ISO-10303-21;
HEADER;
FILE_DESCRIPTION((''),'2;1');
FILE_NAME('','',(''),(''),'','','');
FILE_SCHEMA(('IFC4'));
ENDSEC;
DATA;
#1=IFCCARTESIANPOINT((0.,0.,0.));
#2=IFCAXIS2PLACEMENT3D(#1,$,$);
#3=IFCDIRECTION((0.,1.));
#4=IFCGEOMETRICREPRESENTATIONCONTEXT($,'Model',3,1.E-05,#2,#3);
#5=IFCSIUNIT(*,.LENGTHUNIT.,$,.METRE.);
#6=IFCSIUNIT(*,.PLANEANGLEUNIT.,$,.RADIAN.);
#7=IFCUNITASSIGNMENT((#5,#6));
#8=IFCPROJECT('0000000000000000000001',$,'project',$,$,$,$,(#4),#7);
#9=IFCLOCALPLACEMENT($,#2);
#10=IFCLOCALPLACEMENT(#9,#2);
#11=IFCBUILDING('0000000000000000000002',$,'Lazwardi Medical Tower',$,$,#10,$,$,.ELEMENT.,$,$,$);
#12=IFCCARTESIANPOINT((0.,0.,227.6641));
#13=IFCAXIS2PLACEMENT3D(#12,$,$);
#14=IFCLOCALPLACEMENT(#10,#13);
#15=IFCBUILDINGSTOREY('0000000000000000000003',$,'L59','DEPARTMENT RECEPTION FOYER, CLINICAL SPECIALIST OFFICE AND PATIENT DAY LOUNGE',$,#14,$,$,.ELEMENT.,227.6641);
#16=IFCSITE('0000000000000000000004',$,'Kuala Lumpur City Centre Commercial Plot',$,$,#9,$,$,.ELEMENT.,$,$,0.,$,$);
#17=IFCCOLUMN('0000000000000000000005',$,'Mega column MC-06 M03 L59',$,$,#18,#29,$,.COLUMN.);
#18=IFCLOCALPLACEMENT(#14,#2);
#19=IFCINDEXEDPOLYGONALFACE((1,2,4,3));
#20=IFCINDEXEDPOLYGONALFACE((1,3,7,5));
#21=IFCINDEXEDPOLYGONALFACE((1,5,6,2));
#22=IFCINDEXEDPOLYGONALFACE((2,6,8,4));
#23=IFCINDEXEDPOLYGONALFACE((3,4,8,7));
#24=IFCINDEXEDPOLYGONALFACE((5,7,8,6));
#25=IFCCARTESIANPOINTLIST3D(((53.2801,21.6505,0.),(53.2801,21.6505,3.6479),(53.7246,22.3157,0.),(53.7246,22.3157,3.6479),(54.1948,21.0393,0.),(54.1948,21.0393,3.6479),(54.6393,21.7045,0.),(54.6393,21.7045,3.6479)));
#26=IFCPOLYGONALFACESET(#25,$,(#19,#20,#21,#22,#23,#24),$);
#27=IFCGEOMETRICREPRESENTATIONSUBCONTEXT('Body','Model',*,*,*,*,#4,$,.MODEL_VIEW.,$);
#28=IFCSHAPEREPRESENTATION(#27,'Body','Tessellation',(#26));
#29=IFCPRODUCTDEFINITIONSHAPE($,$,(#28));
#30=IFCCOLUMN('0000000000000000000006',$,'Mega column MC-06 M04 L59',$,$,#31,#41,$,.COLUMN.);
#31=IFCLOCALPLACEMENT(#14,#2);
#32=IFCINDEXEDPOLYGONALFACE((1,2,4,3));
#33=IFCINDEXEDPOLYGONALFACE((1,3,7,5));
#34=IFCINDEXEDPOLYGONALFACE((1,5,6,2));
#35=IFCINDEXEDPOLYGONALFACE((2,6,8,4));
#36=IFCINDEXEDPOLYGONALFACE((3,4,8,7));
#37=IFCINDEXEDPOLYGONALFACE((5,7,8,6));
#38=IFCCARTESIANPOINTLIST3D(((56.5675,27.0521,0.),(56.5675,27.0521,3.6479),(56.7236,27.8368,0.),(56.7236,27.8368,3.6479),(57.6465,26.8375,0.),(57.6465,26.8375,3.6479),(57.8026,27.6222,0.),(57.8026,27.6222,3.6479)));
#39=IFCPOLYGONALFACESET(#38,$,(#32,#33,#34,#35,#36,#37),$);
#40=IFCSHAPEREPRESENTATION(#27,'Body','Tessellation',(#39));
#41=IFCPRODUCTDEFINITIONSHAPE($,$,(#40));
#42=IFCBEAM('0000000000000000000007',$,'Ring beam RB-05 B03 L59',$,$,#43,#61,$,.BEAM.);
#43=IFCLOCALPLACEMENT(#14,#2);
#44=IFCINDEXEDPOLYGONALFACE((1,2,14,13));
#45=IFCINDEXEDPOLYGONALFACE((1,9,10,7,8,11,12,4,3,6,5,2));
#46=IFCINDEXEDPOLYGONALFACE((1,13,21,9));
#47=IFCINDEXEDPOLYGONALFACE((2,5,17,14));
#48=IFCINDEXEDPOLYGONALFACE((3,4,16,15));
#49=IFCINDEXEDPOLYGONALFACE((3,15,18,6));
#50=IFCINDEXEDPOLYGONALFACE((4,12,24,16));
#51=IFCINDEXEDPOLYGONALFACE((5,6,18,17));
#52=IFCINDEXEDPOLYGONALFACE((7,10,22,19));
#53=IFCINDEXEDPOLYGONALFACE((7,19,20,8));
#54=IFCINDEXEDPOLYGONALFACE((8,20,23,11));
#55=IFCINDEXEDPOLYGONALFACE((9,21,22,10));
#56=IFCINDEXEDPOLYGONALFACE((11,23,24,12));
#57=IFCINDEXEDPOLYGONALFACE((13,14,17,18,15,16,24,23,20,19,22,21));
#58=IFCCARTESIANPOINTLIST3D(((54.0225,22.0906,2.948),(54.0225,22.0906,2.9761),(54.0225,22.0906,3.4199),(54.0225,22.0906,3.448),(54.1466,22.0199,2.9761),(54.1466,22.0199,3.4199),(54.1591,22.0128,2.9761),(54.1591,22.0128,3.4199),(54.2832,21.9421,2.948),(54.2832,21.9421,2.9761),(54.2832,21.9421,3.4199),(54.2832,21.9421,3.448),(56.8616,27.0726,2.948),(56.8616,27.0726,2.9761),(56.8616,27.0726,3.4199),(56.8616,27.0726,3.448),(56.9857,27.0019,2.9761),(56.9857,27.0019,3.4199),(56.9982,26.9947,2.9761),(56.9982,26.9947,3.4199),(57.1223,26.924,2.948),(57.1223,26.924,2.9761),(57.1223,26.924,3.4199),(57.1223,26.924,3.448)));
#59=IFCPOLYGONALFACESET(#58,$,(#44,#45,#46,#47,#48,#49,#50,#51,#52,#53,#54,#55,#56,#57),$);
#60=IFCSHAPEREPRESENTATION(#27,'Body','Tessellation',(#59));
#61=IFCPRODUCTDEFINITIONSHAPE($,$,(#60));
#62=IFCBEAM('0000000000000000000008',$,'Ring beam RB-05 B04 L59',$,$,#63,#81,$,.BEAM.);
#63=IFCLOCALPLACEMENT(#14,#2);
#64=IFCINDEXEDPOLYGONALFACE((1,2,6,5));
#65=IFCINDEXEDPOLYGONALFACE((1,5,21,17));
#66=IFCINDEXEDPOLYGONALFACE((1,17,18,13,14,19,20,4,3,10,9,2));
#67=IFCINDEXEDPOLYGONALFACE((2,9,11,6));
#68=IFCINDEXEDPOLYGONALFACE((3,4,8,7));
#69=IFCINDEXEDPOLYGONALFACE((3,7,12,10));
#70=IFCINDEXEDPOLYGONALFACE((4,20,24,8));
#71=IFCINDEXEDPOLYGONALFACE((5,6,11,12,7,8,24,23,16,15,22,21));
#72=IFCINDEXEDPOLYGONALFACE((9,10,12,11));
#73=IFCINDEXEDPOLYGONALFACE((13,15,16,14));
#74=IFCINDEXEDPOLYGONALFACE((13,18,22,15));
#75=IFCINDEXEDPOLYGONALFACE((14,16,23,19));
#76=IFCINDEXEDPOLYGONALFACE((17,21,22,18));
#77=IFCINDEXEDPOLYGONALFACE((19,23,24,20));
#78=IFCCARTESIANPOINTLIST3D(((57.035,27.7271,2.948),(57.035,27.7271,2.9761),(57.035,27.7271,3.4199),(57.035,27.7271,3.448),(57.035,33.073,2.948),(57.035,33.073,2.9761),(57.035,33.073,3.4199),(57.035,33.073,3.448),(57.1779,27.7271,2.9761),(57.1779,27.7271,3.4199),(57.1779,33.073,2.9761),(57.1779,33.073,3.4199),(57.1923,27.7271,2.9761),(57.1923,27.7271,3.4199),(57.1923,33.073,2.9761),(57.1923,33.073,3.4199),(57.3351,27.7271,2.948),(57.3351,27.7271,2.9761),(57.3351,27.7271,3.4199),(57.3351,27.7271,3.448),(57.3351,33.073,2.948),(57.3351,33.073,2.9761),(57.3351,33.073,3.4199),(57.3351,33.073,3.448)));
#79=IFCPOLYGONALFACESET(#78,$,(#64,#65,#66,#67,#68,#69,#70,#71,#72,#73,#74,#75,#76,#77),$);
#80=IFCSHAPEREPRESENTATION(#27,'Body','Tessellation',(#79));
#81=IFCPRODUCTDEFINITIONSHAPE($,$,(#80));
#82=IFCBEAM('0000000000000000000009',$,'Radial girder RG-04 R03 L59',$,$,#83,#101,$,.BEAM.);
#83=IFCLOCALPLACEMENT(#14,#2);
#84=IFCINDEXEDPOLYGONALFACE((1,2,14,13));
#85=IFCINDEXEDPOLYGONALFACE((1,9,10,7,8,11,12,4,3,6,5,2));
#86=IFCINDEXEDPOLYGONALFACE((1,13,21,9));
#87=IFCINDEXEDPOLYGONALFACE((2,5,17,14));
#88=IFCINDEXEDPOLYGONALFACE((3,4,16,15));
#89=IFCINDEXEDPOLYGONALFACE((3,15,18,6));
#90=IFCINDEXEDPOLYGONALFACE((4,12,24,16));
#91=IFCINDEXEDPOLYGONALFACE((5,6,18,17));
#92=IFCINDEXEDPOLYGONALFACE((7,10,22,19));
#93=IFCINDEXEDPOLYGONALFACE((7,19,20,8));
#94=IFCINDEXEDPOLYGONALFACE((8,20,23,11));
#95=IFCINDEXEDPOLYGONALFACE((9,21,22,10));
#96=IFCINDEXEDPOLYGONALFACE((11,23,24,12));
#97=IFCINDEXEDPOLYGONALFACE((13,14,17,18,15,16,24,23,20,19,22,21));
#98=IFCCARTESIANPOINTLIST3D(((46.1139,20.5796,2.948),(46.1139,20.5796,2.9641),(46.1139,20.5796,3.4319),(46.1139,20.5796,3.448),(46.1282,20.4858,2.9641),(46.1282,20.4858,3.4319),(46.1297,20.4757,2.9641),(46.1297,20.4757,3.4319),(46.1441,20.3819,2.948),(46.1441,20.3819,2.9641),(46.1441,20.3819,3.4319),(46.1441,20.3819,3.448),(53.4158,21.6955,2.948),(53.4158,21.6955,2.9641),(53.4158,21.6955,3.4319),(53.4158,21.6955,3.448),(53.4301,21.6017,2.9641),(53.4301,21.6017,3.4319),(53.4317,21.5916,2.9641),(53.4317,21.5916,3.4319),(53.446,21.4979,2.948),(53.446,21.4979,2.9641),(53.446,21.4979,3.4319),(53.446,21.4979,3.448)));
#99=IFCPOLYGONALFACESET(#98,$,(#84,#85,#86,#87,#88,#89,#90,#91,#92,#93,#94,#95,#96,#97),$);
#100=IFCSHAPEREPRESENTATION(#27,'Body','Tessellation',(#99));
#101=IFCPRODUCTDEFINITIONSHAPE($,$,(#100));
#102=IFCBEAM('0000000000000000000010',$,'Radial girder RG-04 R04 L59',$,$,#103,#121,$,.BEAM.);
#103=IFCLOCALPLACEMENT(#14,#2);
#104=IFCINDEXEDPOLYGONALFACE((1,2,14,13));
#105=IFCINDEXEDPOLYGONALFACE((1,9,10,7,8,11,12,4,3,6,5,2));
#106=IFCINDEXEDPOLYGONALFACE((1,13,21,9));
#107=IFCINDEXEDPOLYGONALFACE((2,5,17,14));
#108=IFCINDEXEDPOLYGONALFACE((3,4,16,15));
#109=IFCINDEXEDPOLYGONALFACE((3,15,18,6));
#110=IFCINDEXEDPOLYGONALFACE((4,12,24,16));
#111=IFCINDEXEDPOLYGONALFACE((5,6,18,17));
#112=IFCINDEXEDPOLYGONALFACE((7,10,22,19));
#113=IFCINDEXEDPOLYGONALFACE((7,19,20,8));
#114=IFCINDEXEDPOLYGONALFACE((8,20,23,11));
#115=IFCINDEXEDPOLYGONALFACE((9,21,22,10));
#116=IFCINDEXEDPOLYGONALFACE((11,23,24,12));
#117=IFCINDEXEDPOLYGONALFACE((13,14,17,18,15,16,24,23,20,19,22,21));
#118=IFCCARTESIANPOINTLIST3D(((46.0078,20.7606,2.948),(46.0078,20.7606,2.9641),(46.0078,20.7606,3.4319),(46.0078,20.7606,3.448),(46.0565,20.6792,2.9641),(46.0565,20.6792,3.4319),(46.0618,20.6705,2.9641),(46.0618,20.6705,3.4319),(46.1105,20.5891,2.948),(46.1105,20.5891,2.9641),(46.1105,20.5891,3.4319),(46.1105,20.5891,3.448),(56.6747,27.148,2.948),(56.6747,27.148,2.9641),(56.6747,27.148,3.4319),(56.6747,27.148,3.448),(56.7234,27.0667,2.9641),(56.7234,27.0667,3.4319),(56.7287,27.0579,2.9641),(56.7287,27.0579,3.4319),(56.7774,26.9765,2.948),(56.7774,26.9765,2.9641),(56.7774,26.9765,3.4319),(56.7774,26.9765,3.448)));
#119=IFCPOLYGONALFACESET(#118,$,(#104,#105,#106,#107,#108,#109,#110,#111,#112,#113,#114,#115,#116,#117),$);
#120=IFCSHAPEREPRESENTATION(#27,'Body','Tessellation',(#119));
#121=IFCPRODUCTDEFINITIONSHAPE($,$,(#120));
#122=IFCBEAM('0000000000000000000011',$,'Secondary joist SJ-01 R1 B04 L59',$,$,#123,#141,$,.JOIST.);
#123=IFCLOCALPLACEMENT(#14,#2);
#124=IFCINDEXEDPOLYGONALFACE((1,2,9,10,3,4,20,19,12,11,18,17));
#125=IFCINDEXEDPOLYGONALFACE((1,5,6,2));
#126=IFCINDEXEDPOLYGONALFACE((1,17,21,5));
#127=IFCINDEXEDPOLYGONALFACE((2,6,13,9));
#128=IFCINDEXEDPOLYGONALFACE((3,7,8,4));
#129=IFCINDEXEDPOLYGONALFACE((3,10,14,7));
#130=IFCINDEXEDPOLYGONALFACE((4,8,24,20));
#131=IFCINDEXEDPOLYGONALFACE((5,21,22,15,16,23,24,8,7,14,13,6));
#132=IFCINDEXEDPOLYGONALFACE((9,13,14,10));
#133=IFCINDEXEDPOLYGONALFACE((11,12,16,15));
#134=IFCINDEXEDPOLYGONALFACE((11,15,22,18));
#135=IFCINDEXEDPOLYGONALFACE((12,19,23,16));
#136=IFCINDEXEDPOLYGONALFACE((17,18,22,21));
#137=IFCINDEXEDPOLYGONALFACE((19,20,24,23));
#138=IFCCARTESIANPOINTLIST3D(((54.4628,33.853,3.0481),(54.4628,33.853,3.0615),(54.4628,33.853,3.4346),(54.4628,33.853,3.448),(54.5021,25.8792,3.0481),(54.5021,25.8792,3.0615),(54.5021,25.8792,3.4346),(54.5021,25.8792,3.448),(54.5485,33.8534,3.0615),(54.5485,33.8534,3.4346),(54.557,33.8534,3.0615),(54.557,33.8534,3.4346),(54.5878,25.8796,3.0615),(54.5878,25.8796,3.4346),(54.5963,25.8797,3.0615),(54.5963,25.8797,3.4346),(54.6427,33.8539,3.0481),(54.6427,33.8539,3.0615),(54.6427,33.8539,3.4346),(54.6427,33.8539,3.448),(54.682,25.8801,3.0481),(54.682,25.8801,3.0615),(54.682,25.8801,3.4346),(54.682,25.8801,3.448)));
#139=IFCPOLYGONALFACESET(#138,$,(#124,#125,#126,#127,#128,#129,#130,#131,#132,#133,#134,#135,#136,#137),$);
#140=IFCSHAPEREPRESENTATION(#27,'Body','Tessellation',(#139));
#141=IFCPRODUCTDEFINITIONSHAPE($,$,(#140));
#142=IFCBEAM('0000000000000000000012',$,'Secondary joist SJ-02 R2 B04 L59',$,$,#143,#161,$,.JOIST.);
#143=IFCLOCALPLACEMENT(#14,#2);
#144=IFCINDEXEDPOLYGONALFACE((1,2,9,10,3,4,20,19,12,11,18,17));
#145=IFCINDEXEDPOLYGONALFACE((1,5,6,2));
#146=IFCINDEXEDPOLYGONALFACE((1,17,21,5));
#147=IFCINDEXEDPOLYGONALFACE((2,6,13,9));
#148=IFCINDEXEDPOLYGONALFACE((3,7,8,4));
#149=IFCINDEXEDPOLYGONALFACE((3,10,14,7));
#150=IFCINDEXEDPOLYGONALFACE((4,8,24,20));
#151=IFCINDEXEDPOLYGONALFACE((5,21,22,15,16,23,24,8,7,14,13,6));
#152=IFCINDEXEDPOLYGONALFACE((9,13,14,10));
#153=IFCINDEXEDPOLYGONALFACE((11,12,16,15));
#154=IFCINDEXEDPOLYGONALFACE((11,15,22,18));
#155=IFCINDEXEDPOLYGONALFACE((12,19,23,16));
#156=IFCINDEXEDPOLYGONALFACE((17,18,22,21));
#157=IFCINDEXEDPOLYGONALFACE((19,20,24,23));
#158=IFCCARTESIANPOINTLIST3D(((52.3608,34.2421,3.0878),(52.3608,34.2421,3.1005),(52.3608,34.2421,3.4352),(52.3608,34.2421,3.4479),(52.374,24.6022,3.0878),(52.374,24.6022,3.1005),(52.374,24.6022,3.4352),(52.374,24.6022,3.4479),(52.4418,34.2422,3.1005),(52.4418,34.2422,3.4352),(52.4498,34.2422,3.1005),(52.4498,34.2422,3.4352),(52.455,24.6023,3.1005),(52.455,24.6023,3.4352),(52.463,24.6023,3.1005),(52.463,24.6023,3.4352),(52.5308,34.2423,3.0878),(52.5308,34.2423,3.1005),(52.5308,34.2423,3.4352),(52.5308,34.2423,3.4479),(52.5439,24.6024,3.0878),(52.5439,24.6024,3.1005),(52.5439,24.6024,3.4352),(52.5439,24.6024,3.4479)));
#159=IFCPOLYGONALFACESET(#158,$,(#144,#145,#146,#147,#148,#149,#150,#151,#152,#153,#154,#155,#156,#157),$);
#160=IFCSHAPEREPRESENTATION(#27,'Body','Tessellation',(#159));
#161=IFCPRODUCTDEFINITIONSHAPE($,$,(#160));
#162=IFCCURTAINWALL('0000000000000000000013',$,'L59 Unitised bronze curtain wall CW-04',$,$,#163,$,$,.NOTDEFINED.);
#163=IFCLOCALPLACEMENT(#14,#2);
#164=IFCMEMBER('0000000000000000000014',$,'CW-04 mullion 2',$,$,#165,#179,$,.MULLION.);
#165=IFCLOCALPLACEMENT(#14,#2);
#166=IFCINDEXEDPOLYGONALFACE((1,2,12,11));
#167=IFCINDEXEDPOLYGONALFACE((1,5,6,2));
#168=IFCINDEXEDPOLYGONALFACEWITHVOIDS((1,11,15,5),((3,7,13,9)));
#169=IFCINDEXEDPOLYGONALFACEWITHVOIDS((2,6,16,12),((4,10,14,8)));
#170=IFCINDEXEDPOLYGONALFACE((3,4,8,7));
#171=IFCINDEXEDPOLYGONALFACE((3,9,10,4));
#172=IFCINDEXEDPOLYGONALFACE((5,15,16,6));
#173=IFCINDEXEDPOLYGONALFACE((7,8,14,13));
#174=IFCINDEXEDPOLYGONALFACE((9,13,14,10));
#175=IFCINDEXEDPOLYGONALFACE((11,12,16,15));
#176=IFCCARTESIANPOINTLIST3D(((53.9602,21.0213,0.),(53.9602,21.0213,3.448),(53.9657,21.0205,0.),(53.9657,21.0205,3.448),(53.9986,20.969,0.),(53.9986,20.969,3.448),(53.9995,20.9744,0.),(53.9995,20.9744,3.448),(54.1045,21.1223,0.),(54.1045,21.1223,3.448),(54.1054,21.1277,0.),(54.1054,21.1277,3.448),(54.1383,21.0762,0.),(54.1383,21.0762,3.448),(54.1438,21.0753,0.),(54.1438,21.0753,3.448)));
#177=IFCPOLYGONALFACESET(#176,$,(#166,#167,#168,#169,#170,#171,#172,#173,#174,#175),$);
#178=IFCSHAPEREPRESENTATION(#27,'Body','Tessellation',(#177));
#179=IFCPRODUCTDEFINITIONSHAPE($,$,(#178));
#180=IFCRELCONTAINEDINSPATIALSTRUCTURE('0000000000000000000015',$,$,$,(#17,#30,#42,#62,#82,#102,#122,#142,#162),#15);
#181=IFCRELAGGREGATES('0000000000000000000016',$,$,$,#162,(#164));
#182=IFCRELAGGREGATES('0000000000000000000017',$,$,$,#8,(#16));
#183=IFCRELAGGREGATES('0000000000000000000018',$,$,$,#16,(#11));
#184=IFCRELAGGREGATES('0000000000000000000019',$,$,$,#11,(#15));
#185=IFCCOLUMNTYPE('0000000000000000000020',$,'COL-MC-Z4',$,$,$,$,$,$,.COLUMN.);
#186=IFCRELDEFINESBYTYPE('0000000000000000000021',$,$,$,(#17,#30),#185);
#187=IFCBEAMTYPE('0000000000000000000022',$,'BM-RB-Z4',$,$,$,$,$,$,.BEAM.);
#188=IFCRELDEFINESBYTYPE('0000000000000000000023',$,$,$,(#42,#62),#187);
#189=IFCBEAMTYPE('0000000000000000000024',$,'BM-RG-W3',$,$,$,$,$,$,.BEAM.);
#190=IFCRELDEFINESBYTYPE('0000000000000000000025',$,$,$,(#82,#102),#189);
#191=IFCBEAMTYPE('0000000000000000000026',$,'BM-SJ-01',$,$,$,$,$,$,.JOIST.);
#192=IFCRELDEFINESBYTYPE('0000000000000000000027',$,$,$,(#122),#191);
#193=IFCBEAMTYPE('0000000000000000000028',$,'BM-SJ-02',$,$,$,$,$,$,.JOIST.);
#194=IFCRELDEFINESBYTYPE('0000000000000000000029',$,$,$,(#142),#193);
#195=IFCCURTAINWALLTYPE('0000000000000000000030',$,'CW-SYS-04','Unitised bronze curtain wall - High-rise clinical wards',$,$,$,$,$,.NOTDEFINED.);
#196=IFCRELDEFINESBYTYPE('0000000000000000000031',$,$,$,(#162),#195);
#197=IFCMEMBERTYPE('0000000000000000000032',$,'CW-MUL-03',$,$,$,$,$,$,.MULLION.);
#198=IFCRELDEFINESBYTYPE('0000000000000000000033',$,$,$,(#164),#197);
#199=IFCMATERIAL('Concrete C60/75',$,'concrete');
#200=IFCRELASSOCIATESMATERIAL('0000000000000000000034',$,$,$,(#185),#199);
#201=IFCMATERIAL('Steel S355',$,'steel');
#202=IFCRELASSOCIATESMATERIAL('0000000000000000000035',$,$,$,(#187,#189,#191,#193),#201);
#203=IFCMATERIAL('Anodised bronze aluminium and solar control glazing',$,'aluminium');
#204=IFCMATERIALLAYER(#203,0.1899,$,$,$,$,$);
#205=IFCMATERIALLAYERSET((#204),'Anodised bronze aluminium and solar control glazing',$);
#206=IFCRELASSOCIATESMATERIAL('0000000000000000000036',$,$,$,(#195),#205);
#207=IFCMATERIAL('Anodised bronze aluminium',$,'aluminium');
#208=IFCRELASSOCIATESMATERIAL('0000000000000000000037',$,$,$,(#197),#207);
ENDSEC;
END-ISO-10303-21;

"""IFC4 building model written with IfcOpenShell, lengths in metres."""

from ifc_helpers import new_model, si_unit, direction, frame, origin, origin_2d, place, context, subcontext, project, spatial, rectangle, hollow_rectangle, i_section, extrude, material, layer, layer_set, material_profile, profile_set, type_object, element, aggregate, save


model = new_model("IFC4")

# Units and contexts
model_context = context("Model", 3, precision=1e-05, world=origin(), true_north=direction((0.0, 1.0)))
body_context = subcontext(model_context, "Body", "Model", "MODEL_VIEW")
ifc_project = project(units=[si_unit("LENGTHUNIT", "METRE"), si_unit("PLANEANGLEUNIT", "RADIAN")], contexts=[model_context])

# Site, building, storey
site_placement = place(None, origin())
site = spatial("IfcSite", under=ifc_project, at=site_placement, Name="Kuala Lumpur City Centre Commercial Plot", CompositionType="ELEMENT", RefElevation=0.0)
building_placement = place(site_placement, origin())
building = spatial("IfcBuilding", under=site, at=building_placement, Name="Lazwardi Medical Tower", CompositionType="ELEMENT")
storey_placement = place(building_placement, frame((0.0, 0.0, 227.6641)))
storey = spatial("IfcBuildingStorey", under=building, at=storey_placement, Name="L59", Description="DEPARTMENT RECEPTION FOYER, CLINICAL SPECIALIST OFFICE AND PATIENT DAY LOUNGE", CompositionType="ELEMENT", Elevation=227.6641)

# Columns
ifc_material_1 = material(Name="Concrete C60/75", Category="concrete")
ifc_material_profile_1 = material_profile(ifc_material_1, rectangle(XDim=1.1001, YDim=0.8, at=origin_2d()), Name="CFT-RECT 1100x800")
ifc_profile_set_1 = profile_set([ifc_material_profile_1], Name="Concrete C60/75")
column_type = type_object("IfcColumnType", Name="COL-MC-Z4", PredefinedType="COLUMN", material=ifc_profile_set_1)
for number, where, z_axis, x_axis, name in (
    (1, (53.9597, 21.6775, 0.0), (0.0, 0.0, 1.0), (0.83147, -0.55557, 0.0), "Mega column MC-06 M03 L59"),
    (2, (57.1851, 27.3372, 0.0), (0.0, 0.0, 1.0), (0.980785, -0.19509, 0.0), "Mega column MC-06 M04 L59"),
):
    element("IfcColumn", number, at=place(storey_placement, frame(where, z_axis=z_axis, x_axis=x_axis)), inside=storey, type_object=column_type, Name=name, PredefinedType="COLUMN", context=body_context, shape_type="SweptSolid", body=[
        extrude(rectangle(XDim=1.1001, YDim=0.8, at=origin_2d()), origin(), (0.0, 0.0, 1.0), 3.6479),
    ])

# Beams
ifc_material_2 = material(Name="Steel S355", Category="steel")
ifc_material_profile_2 = material_profile(ifc_material_2, i_section(OverallWidth=0.3, OverallDepth=0.5, WebThickness=0.0144, FlangeThickness=0.0281, at=origin_2d()), Name="HEB 500")
ifc_profile_set_2 = profile_set([ifc_material_profile_2], Name="Steel S355")
beam_type_1 = type_object("IfcBeamType", Name="BM-RB-Z4", PredefinedType="BEAM", material=ifc_profile_set_2)
beam_1_placement = place(storey_placement, frame((54.1528, 22.0164, 3.198), z_axis=(0.495125, 0.868822, 0.0), x_axis=(-0.868822, 0.495125, 0.0)))
element("IfcBeam", 3, at=beam_1_placement, inside=storey, type_object=beam_type_1, Name="Ring beam RB-05 B03 L59", PredefinedType="BEAM", context=body_context, shape_type="SweptSolid", body=[
    extrude(i_section(OverallWidth=0.3, OverallDepth=0.5, WebThickness=0.0144, FlangeThickness=0.0281, at=origin_2d()), origin(), (0.0, 0.0, 1.0), 5.7341),
])
beam_2_placement = place(storey_placement, frame((57.1851, 27.7271, 3.198), z_axis=(0.0, 1.0, 0.0), x_axis=(-1.0, 0.0, 0.0)))
element("IfcBeam", 4, at=beam_2_placement, inside=storey, type_object=beam_type_1, Name="Ring beam RB-05 B04 L59", PredefinedType="BEAM", context=body_context, shape_type="SweptSolid", body=[
    extrude(i_section(OverallWidth=0.3, OverallDepth=0.5, WebThickness=0.0144, FlangeThickness=0.0281, at=origin_2d()), origin(), (0.0, 0.0, 1.0), 5.3459),
])
ifc_material_profile_3 = material_profile(ifc_material_2, i_section(OverallWidth=0.2, OverallDepth=0.5, WebThickness=0.0103, FlangeThickness=0.0161, at=origin_2d()), Name="IPE 500")
ifc_profile_set_3 = profile_set([ifc_material_profile_3], Name="Steel S355")
beam_type_2 = type_object("IfcBeamType", Name="BM-RG-W3", PredefinedType="BEAM", material=ifc_profile_set_3)
beam_3_placement = place(storey_placement, frame((53.4309, 21.5967, 3.198), z_axis=(-0.988522, -0.151076, 0.0), x_axis=(0.151076, -0.988522, 0.0)))
element("IfcBeam", 5, at=beam_3_placement, inside=storey, type_object=beam_type_2, Name="Radial girder RG-04 R03 L59", PredefinedType="BEAM", context=body_context, shape_type="SweptSolid", body=[
    extrude(i_section(OverallWidth=0.2, OverallDepth=0.5, WebThickness=0.0103, FlangeThickness=0.0161, at=origin_2d()), origin(), (0.0, 0.0, 1.0), 7.3867),
])
beam_4_placement = place(storey_placement, frame((56.7261, 27.0623, 3.198), z_axis=(-0.857945, -0.513742, 0.0), x_axis=(0.513742, -0.857945, 0.0)))
element("IfcBeam", 6, at=beam_4_placement, inside=storey, type_object=beam_type_2, Name="Radial girder RG-04 R04 L59", PredefinedType="BEAM", context=body_context, shape_type="SweptSolid", body=[
    extrude(i_section(OverallWidth=0.2, OverallDepth=0.5, WebThickness=0.0103, FlangeThickness=0.0161, at=origin_2d()), origin(), (0.0, 0.0, 1.0), 12.4331),
])
ifc_material_profile_4 = material_profile(ifc_material_2, i_section(OverallWidth=0.1799, OverallDepth=0.3999, WebThickness=0.0085, FlangeThickness=0.0134, at=origin_2d()), Name="IPE 400")
ifc_profile_set_4 = profile_set([ifc_material_profile_4], Name="Steel S355")
beam_type_3 = type_object("IfcBeamType", Name="BM-SJ-01", PredefinedType="JOIST", material=ifc_profile_set_4)
beam_5_placement = place(storey_placement, frame((54.592, 25.8796, 3.248), z_axis=(-0.004929, 0.999988, 0.0), x_axis=(-0.999988, -0.004929, 0.0)))
element("IfcBeam", 7, at=beam_5_placement, inside=storey, type_object=beam_type_3, Name="Secondary joist SJ-01 R1 B04 L59", PredefinedType="JOIST", context=body_context, shape_type="SweptSolid", body=[
    extrude(i_section(OverallWidth=0.1799, OverallDepth=0.3999, WebThickness=0.0085, FlangeThickness=0.0134, at=origin_2d()), origin(), (0.0, 0.0, 1.0), 7.9739),
])
ifc_material_profile_5 = material_profile(ifc_material_2, i_section(OverallWidth=0.1699, OverallDepth=0.3601, WebThickness=0.0081, FlangeThickness=0.0127, at=origin_2d()), Name="IPE 360")
ifc_profile_set_5 = profile_set([ifc_material_profile_5], Name="Steel S355")
beam_type_4 = type_object("IfcBeamType", Name="BM-SJ-02", PredefinedType="JOIST", material=ifc_profile_set_5)
beam_6_placement = place(storey_placement, frame((52.459, 24.6023, 3.2678), z_axis=(-0.001368, 0.999999, 0.0), x_axis=(-0.999999, -0.001368, 0.0)))
element("IfcBeam", 8, at=beam_6_placement, inside=storey, type_object=beam_type_4, Name="Secondary joist SJ-02 R2 B04 L59", PredefinedType="JOIST", context=body_context, shape_type="SweptSolid", body=[
    extrude(i_section(OverallWidth=0.1699, OverallDepth=0.3601, WebThickness=0.0081, FlangeThickness=0.0127, at=origin_2d()), origin(), (0.0, 0.0, 1.0), 9.6399),
])

# Curtain wall, member
ifc_material_3 = material(Name="Anodised bronze aluminium and solar control glazing", Category="aluminium")
ifc_layer_1 = layer(ifc_material_3, 0.1899)
ifc_layer_set_1 = layer_set([ifc_layer_1], Name="Anodised bronze aluminium and solar control glazing")
curtain_wall_type = type_object("IfcCurtainWallType", Name="CW-SYS-04", Description="Unitised bronze curtain wall - High-rise clinical wards", PredefinedType="NOTDEFINED", material=ifc_layer_set_1)
curtain_wall_1_placement = place(storey_placement, origin())
curtain_wall_1 = element("IfcCurtainWall", 9, at=curtain_wall_1_placement, inside=storey, type_object=curtain_wall_type, Name="L59 Unitised bronze curtain wall CW-04", PredefinedType="NOTDEFINED")
ifc_material_4 = material(Name="Anodised bronze aluminium", Category="aluminium")
ifc_material_profile_6 = material_profile(ifc_material_4, hollow_rectangle(XDim=0.0649, YDim=0.1799, WallThickness=0.0039, at=origin_2d()), Name="ALU-MULLION 180x65x4")
ifc_profile_set_6 = profile_set([ifc_material_profile_6], Name="Anodised bronze aluminium")
member_type_1 = type_object("IfcMemberType", Name="CW-MUL-03", PredefinedType="MULLION", material=ifc_profile_set_6)
member_1_placement = place(storey_placement, frame((54.052, 21.0483, 0.0), z_axis=(0.0, 0.0, 1.0), x_axis=(-0.591268, 0.806475, 0.0)))
member_1 = element("IfcMember", 10, at=member_1_placement, type_object=member_type_1, Name="CW-04 mullion 2", PredefinedType="MULLION", context=body_context, shape_type="SweptSolid", body=[
    extrude(hollow_rectangle(XDim=0.0649, YDim=0.1799, WallThickness=0.0039, at=origin_2d()), origin(), (0.0, 0.0, 1.0), 3.448),
])
aggregate(curtain_wall_1, [member_1])

save(model, "model.ifc")
